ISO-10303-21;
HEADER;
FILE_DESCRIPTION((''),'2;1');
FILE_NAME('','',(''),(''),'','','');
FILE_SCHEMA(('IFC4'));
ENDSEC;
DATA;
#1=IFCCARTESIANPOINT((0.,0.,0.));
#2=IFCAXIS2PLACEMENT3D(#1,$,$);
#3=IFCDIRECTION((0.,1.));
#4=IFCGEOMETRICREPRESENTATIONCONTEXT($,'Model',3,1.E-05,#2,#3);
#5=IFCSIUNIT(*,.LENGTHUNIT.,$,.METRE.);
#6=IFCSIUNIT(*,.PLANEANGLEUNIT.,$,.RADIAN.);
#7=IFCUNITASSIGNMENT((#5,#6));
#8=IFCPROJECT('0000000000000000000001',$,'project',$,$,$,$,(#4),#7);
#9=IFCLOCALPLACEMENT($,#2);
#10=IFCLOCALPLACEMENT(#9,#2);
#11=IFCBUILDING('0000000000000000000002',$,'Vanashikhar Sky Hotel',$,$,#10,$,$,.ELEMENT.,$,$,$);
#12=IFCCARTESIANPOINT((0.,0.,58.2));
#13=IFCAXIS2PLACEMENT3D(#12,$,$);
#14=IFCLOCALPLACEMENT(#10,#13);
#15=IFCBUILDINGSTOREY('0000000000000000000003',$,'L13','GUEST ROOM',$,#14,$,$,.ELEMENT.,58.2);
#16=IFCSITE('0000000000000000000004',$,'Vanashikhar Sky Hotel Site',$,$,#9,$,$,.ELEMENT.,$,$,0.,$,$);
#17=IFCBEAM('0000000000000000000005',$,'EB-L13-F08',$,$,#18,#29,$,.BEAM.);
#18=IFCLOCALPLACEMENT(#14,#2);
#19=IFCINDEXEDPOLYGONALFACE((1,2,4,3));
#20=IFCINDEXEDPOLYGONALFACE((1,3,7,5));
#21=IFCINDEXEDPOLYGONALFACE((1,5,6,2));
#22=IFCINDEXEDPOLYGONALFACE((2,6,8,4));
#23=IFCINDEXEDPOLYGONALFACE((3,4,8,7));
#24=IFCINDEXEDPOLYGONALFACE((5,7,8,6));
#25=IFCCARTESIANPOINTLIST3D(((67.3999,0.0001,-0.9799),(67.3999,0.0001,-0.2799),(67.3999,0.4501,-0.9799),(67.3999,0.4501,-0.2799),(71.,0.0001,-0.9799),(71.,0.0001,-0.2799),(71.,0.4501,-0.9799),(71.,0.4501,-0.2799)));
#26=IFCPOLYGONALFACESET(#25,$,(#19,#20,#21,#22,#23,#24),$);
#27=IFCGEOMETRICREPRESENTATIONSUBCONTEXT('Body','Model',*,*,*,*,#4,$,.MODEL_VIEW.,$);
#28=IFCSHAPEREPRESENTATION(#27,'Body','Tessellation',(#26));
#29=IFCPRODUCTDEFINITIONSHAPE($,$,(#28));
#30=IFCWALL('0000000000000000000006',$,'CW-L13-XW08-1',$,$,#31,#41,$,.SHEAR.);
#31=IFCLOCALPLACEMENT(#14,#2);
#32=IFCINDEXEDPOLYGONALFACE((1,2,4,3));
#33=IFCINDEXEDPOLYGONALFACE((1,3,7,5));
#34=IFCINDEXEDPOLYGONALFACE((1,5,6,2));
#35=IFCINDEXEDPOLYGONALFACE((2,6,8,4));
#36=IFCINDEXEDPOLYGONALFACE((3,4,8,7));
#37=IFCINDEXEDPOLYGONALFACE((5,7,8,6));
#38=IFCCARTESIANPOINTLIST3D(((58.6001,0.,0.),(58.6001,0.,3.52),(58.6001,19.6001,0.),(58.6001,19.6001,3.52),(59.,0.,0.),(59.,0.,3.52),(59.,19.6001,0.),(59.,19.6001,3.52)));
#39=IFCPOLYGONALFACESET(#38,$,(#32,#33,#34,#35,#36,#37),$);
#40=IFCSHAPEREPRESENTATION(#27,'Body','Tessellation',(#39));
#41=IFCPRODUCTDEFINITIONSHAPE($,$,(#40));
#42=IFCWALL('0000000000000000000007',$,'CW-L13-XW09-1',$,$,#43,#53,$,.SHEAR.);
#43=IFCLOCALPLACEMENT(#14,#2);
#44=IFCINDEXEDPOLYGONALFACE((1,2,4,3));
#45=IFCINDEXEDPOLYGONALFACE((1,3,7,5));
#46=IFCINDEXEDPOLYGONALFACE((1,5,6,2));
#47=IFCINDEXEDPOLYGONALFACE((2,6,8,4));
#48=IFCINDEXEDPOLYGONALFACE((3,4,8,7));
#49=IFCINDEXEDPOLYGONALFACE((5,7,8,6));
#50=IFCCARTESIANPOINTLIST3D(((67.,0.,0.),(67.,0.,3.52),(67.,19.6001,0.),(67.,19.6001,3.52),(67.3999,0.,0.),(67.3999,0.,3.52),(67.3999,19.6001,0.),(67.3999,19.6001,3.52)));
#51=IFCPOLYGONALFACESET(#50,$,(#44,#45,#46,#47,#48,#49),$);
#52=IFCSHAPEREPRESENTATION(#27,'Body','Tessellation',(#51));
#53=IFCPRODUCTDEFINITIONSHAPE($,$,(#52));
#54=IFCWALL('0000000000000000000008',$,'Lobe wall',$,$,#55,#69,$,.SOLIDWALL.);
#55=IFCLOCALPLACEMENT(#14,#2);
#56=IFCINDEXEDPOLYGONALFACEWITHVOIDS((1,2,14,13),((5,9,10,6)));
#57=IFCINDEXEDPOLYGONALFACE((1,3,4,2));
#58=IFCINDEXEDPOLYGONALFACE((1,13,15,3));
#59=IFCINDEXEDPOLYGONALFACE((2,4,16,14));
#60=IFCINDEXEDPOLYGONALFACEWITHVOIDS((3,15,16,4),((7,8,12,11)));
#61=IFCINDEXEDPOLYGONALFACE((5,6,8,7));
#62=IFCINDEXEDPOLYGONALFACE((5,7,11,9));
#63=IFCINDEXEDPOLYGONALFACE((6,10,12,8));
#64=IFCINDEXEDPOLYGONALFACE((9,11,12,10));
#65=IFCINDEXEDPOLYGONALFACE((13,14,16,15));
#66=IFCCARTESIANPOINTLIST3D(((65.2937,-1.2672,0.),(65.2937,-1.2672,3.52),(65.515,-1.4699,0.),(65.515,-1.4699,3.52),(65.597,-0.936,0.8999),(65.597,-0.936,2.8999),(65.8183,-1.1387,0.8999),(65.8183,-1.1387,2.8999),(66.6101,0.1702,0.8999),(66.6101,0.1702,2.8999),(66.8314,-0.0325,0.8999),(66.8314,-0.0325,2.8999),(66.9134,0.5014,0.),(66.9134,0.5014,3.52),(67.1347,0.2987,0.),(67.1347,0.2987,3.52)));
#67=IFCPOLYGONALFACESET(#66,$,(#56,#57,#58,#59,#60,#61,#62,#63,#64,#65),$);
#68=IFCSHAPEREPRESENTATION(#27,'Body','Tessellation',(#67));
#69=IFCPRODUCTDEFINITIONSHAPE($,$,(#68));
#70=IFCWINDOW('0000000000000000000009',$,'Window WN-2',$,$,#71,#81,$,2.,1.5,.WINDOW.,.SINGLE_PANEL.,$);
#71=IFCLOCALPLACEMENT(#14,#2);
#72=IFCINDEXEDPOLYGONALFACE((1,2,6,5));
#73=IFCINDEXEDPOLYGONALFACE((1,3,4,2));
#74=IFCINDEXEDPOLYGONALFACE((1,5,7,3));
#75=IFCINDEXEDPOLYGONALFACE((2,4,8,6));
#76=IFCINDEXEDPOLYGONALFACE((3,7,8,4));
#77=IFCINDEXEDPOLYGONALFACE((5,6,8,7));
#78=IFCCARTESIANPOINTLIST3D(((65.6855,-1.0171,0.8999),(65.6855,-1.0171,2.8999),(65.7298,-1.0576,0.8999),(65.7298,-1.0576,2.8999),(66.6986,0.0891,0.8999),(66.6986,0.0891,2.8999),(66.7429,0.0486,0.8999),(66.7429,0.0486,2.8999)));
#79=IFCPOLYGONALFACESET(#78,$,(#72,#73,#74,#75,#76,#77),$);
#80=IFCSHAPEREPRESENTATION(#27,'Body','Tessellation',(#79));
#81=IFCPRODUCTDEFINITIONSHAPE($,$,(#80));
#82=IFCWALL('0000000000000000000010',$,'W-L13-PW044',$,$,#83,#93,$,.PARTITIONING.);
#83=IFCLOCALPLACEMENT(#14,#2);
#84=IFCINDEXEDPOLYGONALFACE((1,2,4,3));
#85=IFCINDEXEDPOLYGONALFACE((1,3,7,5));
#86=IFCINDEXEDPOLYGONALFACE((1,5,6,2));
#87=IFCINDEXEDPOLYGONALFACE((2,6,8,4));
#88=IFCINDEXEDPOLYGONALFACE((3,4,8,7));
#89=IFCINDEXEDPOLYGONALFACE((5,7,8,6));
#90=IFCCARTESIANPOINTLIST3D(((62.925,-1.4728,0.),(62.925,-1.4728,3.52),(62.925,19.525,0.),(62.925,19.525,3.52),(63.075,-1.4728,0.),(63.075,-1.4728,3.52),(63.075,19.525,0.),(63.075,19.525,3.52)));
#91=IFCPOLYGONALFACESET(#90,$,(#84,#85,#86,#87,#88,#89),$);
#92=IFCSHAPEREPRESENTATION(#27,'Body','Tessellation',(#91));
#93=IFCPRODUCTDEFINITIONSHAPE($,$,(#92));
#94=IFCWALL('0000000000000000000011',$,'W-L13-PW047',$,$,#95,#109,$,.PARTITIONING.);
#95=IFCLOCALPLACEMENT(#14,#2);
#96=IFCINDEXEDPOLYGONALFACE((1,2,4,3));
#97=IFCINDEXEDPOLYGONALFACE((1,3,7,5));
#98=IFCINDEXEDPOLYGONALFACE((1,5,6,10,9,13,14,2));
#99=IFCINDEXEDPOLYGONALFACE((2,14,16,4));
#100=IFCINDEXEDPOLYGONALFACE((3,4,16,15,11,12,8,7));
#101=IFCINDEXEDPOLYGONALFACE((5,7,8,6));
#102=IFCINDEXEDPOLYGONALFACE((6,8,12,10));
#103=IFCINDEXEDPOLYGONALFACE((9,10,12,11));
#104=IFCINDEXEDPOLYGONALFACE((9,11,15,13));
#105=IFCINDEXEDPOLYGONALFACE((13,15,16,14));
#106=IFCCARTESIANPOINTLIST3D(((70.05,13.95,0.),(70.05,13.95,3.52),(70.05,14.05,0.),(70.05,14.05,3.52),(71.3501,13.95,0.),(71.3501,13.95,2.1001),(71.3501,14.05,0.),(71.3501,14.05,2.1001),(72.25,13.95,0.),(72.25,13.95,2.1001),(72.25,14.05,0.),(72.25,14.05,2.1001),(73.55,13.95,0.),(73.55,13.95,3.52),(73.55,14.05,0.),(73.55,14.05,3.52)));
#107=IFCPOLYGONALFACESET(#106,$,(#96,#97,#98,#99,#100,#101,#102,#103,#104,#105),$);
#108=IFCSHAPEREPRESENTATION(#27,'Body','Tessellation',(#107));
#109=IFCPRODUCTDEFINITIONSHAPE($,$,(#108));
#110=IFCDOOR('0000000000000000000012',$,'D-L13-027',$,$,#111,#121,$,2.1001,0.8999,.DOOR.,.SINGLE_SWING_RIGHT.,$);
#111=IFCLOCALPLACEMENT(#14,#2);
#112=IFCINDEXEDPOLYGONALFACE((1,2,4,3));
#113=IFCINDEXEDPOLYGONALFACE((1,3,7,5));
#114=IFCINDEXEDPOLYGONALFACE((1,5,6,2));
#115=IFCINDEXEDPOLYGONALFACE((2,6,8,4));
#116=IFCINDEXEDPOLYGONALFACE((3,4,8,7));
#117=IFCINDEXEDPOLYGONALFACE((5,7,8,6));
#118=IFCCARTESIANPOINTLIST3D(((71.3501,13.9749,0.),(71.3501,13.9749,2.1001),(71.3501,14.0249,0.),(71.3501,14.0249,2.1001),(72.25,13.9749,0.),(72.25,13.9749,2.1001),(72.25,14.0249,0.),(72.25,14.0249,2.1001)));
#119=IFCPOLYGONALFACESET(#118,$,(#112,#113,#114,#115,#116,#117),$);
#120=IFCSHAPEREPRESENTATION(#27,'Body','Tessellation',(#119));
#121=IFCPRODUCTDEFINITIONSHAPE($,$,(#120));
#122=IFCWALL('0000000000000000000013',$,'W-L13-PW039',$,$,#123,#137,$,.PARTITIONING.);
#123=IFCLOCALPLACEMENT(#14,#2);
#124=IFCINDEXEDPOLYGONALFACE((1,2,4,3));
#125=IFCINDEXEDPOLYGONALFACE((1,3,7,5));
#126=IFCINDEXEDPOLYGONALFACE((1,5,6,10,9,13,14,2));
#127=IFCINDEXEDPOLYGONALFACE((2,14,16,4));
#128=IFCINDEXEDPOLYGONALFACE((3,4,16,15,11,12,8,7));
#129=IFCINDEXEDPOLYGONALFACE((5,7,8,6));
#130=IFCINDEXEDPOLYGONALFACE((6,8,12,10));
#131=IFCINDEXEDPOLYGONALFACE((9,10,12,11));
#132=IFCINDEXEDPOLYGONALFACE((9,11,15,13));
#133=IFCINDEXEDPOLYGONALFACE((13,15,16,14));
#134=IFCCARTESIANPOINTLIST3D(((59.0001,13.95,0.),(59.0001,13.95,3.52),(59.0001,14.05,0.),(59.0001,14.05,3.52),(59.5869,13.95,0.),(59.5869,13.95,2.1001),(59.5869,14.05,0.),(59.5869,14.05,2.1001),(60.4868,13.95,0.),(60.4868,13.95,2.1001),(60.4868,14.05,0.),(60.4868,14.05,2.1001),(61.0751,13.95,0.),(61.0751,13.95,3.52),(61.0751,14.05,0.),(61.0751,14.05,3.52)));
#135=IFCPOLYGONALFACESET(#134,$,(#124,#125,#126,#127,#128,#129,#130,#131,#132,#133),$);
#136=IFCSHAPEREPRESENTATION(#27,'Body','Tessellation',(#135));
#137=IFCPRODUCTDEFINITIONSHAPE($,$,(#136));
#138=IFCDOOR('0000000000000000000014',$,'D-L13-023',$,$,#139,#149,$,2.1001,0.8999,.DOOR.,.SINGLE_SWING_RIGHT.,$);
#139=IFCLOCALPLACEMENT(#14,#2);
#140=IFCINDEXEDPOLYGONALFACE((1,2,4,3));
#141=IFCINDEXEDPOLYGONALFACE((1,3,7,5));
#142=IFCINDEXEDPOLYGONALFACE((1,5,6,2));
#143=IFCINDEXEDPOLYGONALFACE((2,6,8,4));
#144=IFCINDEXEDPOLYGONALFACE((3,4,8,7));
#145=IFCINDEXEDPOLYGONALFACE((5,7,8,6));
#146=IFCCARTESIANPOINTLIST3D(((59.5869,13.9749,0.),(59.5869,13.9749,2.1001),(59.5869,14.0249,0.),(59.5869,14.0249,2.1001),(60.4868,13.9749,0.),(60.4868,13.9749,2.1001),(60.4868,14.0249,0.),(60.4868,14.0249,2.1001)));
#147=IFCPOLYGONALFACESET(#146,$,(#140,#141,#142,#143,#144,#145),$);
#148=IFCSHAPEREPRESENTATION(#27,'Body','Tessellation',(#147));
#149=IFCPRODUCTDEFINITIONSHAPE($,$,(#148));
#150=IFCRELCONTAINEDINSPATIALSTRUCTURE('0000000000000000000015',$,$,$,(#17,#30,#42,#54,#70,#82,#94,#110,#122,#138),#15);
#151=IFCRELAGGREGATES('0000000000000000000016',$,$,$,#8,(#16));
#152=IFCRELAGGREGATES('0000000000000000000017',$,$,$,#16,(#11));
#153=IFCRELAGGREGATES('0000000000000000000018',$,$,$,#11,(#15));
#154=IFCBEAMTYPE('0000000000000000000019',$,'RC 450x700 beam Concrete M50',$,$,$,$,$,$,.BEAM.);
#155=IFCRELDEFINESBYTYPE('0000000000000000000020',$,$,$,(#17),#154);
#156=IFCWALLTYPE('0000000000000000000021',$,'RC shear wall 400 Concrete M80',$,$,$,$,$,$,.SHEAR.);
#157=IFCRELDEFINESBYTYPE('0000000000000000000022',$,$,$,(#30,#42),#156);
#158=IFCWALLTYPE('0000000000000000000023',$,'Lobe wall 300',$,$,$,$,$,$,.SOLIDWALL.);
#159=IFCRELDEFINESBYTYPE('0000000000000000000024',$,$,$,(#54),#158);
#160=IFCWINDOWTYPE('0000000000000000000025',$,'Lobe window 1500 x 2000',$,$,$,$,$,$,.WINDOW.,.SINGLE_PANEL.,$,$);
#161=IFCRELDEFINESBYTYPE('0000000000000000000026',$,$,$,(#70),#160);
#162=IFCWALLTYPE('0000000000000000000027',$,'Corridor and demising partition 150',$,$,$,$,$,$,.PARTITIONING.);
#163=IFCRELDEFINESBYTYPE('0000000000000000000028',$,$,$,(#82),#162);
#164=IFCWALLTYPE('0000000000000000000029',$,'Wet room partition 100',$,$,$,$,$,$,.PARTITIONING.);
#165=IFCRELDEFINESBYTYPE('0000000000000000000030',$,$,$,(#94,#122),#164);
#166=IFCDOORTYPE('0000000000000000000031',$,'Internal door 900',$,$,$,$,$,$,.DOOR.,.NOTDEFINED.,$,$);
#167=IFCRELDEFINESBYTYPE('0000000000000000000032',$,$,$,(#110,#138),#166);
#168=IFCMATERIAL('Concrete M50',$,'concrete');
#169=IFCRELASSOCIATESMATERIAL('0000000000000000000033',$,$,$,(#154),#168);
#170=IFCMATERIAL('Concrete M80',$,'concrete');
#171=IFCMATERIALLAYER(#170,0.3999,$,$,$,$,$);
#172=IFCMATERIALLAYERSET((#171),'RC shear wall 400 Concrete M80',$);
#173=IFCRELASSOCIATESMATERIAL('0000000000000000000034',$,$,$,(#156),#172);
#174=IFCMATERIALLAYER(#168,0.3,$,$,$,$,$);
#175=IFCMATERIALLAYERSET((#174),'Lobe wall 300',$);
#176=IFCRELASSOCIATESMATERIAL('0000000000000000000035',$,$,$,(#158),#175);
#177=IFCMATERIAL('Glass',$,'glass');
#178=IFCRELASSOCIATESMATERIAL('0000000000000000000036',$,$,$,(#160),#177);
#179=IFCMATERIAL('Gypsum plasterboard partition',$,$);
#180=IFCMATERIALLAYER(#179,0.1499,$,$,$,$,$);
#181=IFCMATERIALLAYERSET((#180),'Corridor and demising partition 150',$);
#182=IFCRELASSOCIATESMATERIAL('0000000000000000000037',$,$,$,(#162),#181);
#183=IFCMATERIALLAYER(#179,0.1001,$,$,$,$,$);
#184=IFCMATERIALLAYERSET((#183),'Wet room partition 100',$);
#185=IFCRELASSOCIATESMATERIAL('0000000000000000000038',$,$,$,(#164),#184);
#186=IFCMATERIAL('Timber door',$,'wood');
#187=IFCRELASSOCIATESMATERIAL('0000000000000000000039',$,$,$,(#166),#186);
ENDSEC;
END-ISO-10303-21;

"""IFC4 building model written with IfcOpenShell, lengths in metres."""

from ifc_helpers import new_model, si_unit, direction, frame, frame_2d, origin, origin_2d, place, context, subcontext, project, spatial, rectangle, extrude, source, transform, mapped, material, layer, layer_set, material_profile, profile_set, type_object, element, fill, save


model = new_model("IFC4")

# Units and contexts
model_context = context("Model", 3, precision=1e-05, world=origin(), true_north=direction((0.0, 1.0)))
body_context = subcontext(model_context, "Body", "Model", "MODEL_VIEW")
ifc_project = project(units=[si_unit("LENGTHUNIT", "METRE"), si_unit("PLANEANGLEUNIT", "RADIAN")], contexts=[model_context])

# Site, building, storey
site_placement = place(None, origin())
site = spatial("IfcSite", under=ifc_project, at=site_placement, Name="Vanashikhar Sky Hotel Site", CompositionType="ELEMENT", RefElevation=0.0)
building_placement = place(site_placement, origin())
building = spatial("IfcBuilding", under=site, at=building_placement, Name="Vanashikhar Sky Hotel", CompositionType="ELEMENT")
storey_placement = place(building_placement, frame((0.0, 0.0, 58.2)))
storey = spatial("IfcBuildingStorey", under=building, at=storey_placement, Name="L13", Description="GUEST ROOM", CompositionType="ELEMENT", Elevation=58.2)

# Beam
ifc_material_1 = material(Name="Concrete M50", Category="concrete")
ifc_material_profile = material_profile(ifc_material_1, rectangle(XDim=0.45, YDim=0.7, at=origin_2d()))
ifc_profile_set = profile_set([ifc_material_profile], Name="RC 450x700 beam Concrete M50")
beam_type = type_object("IfcBeamType", Name="RC 450x700 beam Concrete M50", PredefinedType="BEAM", material=ifc_profile_set)
shared_shape_1 = source(origin(), body_context, "Body", "SweptSolid", [
    extrude(rectangle(XDim=0.45, YDim=0.7, at=origin_2d()), origin(), (0.0, 0.0, 1.0), 3.6001),
])
beam_placement = place(storey_placement, frame((67.3999, 0.2251, -0.6299), z_axis=(1.0, 0.0, 0.0), x_axis=(0.0, 1.0, 0.0)))
element("IfcBeam", 1, at=beam_placement, inside=storey, type_object=beam_type, Name="EB-L13-F08", PredefinedType="BEAM", context=body_context, shape_type="MappedRepresentation", body=[
    mapped(shared_shape_1, transform((0.0, 0.0, 0.0), scale=1.0)),
])

# Walls
ifc_material_2 = material(Name="Concrete M80", Category="concrete")
ifc_layer_1 = layer(ifc_material_2, 0.3999)
ifc_layer_set_1 = layer_set([ifc_layer_1], Name="RC shear wall 400 Concrete M80")
wall_type_1 = type_object("IfcWallType", Name="RC shear wall 400 Concrete M80", PredefinedType="SHEAR", material=ifc_layer_set_1)
shared_shape_2 = source(origin(), body_context, "Body", "SweptSolid", [
    extrude(rectangle(XDim=19.6001, YDim=0.3999, at=frame_2d((9.8, 0.0))), origin(), (0.0, 0.0, 1.0), 3.52),
])
for number, where, z_axis, x_axis, name in (
    (2, (58.8, 0.0, 0.0), (0.0, 0.0, 1.0), (0.0, 1.0, 0.0), "CW-L13-XW08-1"),
    (3, (67.2, 0.0, 0.0), (0.0, 0.0, 1.0), (0.0, 1.0, 0.0), "CW-L13-XW09-1"),
):
    element("IfcWall", number, at=place(storey_placement, frame(where, z_axis=z_axis, x_axis=x_axis)), inside=storey, type_object=wall_type_1, Name=name, PredefinedType="SHEAR", context=body_context, shape_type="MappedRepresentation", body=[
        mapped(shared_shape_2, transform((0.0, 0.0, 0.0), scale=1.0)),
    ])

# Wall, opening, window
ifc_layer_2 = layer(ifc_material_1, 0.3)
ifc_layer_set_2 = layer_set([ifc_layer_2], Name="Lobe wall 300")
wall_type_2 = type_object("IfcWallType", Name="Lobe wall 300", PredefinedType="SOLIDWALL", material=ifc_layer_set_2)
shared_shape_3 = source(origin(), body_context, "Body", "SweptSolid", [
    extrude(rectangle(XDim=2.3982, YDim=0.3, at=frame_2d((1.1992, 0.0))), origin(), (0.0, 0.0, 1.0), 3.52),
])
wall_1_placement = place(storey_placement, frame((65.4043, -1.3687, 0.0), z_axis=(0.0, 0.0, 1.0), x_axis=(0.675374, 0.737475, 0.0)))
wall_1 = element("IfcWall", 4, at=wall_1_placement, inside=storey, type_object=wall_type_2, Name="Lobe wall", PredefinedType="SOLIDWALL", context=body_context, shape_type="MappedRepresentation", body=[
    mapped(shared_shape_3, transform((0.0, 0.0, 0.0), scale=1.0)),
])
shared_shape_4 = source(origin(), body_context, "Body", "SweptSolid", [
    extrude(rectangle(XDim=1.5, YDim=2.0, at=frame_2d((0.75, 1.0))), frame((0.0, 0.1602, 0.0), z_axis=(0.0, -1.0, 0.0), x_axis=(1.0, 0.0, 0.0)), (0.0, 0.0, 1.0), 0.3201),
])
opening_1_placement = place(wall_1_placement, frame((0.4492, 0.0, 0.8999)))
opening_1 = element("IfcOpeningElement", 5, at=opening_1_placement, cuts=wall_1, PredefinedType="OPENING", context=body_context, shape_type="MappedRepresentation", body=[
    mapped(shared_shape_4, transform((0.0, 0.0, 0.0), scale=1.0)),
])
ifc_material_3 = material(Name="Glass", Category="glass")
window_type_1 = type_object("IfcWindowType", Name="Lobe window 1500 x 2000", PartitioningType="SINGLE_PANEL", PredefinedType="WINDOW", material=ifc_material_3)
shared_shape_5 = source(origin(), body_context, "Body", "SweptSolid", [
    extrude(rectangle(XDim=1.5, YDim=2.0, at=frame_2d((0.75, 1.0))), frame((0.0, 0.03, 0.0), z_axis=(0.0, -1.0, 0.0), x_axis=(1.0, 0.0, 0.0)), (0.0, 0.0, 1.0), 0.0601),
])
window_1_placement = place(opening_1_placement, origin())
window_1 = element("IfcWindow", 6, at=window_1_placement, inside=storey, type_object=window_type_1, Name="Window WN-2", OverallHeight=2.0, OverallWidth=1.5, PartitioningType="SINGLE_PANEL", PredefinedType="WINDOW", context=body_context, shape_type="MappedRepresentation", body=[
    mapped(shared_shape_5, transform((0.0, 0.0, 0.0), scale=1.0)),
])
fill(opening_1, window_1)

# Wall
ifc_material_4 = material(Name="Gypsum plasterboard partition")
ifc_layer_3 = layer(ifc_material_4, 0.1499)
ifc_layer_set_3 = layer_set([ifc_layer_3], Name="Corridor and demising partition 150")
wall_type_3 = type_object("IfcWallType", Name="Corridor and demising partition 150", PredefinedType="PARTITIONING", material=ifc_layer_set_3)
shared_shape_6 = source(origin(), body_context, "Body", "SweptSolid", [
    extrude(rectangle(XDim=20.9978, YDim=0.1499, at=frame_2d((10.499, 0.0))), origin(), (0.0, 0.0, 1.0), 3.52),
])
wall_2_placement = place(storey_placement, frame((63.0, -1.4729, 0.0), z_axis=(0.0, 0.0, 1.0), x_axis=(0.0, 1.0, 0.0)))
element("IfcWall", 7, at=wall_2_placement, inside=storey, type_object=wall_type_3, Name="W-L13-PW044", PredefinedType="PARTITIONING", context=body_context, shape_type="MappedRepresentation", body=[
    mapped(shared_shape_6, transform((0.0, 0.0, 0.0), scale=1.0)),
])

# Walls, openings, doors
ifc_layer_4 = layer(ifc_material_4, 0.1001)
ifc_layer_set_4 = layer_set([ifc_layer_4], Name="Wet room partition 100")
wall_type_4 = type_object("IfcWallType", Name="Wet room partition 100", PredefinedType="PARTITIONING", material=ifc_layer_set_4)
shared_shape_7 = source(origin(), body_context, "Body", "SweptSolid", [
    extrude(rectangle(XDim=3.5, YDim=0.1001, at=frame_2d((1.75, 0.0))), origin(), (0.0, 0.0, 1.0), 3.52),
])
wall_3_placement = place(storey_placement, frame((70.05, 14.0, 0.0), z_axis=(0.0, 0.0, 1.0), x_axis=(1.0, 0.0, 0.0)))
wall_3 = element("IfcWall", 8, at=wall_3_placement, inside=storey, type_object=wall_type_4, Name="W-L13-PW047", PredefinedType="PARTITIONING", context=body_context, shape_type="MappedRepresentation", body=[
    mapped(shared_shape_7, transform((0.0, 0.0, 0.0), scale=1.0)),
])
shared_shape_8 = source(origin(), body_context, "Body", "SweptSolid", [
    extrude(rectangle(XDim=0.8999, YDim=2.1001, at=frame_2d((0.45, 1.05))), frame((0.0, 0.0601, 0.0), z_axis=(0.0, -1.0, 0.0), x_axis=(1.0, 0.0, 0.0)), (0.0, 0.0, 1.0), 0.1201),
])
opening_2_placement = place(wall_3_placement, frame((1.3, 0.0, 0.0)))
opening_2 = element("IfcOpeningElement", 9, at=opening_2_placement, cuts=wall_3, PredefinedType="OPENING", context=body_context, shape_type="MappedRepresentation", body=[
    mapped(shared_shape_8, transform((0.0, 0.0, 0.0), scale=1.0)),
])
ifc_material_5 = material(Name="Timber door", Category="wood")
door_type_1 = type_object("IfcDoorType", Name="Internal door 900", OperationType="NOTDEFINED", PredefinedType="DOOR", material=ifc_material_5)
shared_shape_9 = source(origin(), body_context, "Body", "SweptSolid", [
    extrude(rectangle(XDim=0.8999, YDim=2.1001, at=frame_2d((0.45, 1.05))), frame((0.0, 0.0249, 0.0), z_axis=(0.0, -1.0, 0.0), x_axis=(1.0, 0.0, 0.0)), (0.0, 0.0, 1.0), 0.05),
])
door_1_placement = place(opening_2_placement, origin())
door_1 = element("IfcDoor", 10, at=door_1_placement, inside=storey, type_object=door_type_1, Name="D-L13-027", OperationType="SINGLE_SWING_RIGHT", OverallHeight=2.1001, OverallWidth=0.8999, PredefinedType="DOOR", context=body_context, shape_type="MappedRepresentation", body=[
    mapped(shared_shape_9, transform((0.0, 0.0, 0.0), scale=1.0)),
])
fill(opening_2, door_1)
shared_shape_10 = source(origin(), body_context, "Body", "SweptSolid", [
    extrude(rectangle(XDim=2.075, YDim=0.1001, at=frame_2d((1.0376, 0.0))), origin(), (0.0, 0.0, 1.0), 3.52),
])
wall_4_placement = place(storey_placement, frame((59.0, 14.0, 0.0), z_axis=(0.0, 0.0, 1.0), x_axis=(1.0, 0.0, 0.0)))
wall_4 = element("IfcWall", 11, at=wall_4_placement, inside=storey, type_object=wall_type_4, Name="W-L13-PW039", PredefinedType="PARTITIONING", context=body_context, shape_type="MappedRepresentation", body=[
    mapped(shared_shape_10, transform((0.0, 0.0, 0.0), scale=1.0)),
])
opening_3_placement = place(wall_4_placement, frame((0.5869, 0.0, 0.0)))
opening_3 = element("IfcOpeningElement", 12, at=opening_3_placement, cuts=wall_4, PredefinedType="OPENING", context=body_context, shape_type="MappedRepresentation", body=[
    mapped(shared_shape_8, transform((0.0, 0.0, 0.0), scale=1.0)),
])
door_2_placement = place(opening_3_placement, origin())
door_2 = element("IfcDoor", 13, at=door_2_placement, inside=storey, type_object=door_type_1, Name="D-L13-023", OperationType="SINGLE_SWING_RIGHT", OverallHeight=2.1001, OverallWidth=0.8999, PredefinedType="DOOR", context=body_context, shape_type="MappedRepresentation", body=[
    mapped(shared_shape_9, transform((0.0, 0.0, 0.0), scale=1.0)),
])
fill(opening_3, door_2)

save(model, "model.ifc")
